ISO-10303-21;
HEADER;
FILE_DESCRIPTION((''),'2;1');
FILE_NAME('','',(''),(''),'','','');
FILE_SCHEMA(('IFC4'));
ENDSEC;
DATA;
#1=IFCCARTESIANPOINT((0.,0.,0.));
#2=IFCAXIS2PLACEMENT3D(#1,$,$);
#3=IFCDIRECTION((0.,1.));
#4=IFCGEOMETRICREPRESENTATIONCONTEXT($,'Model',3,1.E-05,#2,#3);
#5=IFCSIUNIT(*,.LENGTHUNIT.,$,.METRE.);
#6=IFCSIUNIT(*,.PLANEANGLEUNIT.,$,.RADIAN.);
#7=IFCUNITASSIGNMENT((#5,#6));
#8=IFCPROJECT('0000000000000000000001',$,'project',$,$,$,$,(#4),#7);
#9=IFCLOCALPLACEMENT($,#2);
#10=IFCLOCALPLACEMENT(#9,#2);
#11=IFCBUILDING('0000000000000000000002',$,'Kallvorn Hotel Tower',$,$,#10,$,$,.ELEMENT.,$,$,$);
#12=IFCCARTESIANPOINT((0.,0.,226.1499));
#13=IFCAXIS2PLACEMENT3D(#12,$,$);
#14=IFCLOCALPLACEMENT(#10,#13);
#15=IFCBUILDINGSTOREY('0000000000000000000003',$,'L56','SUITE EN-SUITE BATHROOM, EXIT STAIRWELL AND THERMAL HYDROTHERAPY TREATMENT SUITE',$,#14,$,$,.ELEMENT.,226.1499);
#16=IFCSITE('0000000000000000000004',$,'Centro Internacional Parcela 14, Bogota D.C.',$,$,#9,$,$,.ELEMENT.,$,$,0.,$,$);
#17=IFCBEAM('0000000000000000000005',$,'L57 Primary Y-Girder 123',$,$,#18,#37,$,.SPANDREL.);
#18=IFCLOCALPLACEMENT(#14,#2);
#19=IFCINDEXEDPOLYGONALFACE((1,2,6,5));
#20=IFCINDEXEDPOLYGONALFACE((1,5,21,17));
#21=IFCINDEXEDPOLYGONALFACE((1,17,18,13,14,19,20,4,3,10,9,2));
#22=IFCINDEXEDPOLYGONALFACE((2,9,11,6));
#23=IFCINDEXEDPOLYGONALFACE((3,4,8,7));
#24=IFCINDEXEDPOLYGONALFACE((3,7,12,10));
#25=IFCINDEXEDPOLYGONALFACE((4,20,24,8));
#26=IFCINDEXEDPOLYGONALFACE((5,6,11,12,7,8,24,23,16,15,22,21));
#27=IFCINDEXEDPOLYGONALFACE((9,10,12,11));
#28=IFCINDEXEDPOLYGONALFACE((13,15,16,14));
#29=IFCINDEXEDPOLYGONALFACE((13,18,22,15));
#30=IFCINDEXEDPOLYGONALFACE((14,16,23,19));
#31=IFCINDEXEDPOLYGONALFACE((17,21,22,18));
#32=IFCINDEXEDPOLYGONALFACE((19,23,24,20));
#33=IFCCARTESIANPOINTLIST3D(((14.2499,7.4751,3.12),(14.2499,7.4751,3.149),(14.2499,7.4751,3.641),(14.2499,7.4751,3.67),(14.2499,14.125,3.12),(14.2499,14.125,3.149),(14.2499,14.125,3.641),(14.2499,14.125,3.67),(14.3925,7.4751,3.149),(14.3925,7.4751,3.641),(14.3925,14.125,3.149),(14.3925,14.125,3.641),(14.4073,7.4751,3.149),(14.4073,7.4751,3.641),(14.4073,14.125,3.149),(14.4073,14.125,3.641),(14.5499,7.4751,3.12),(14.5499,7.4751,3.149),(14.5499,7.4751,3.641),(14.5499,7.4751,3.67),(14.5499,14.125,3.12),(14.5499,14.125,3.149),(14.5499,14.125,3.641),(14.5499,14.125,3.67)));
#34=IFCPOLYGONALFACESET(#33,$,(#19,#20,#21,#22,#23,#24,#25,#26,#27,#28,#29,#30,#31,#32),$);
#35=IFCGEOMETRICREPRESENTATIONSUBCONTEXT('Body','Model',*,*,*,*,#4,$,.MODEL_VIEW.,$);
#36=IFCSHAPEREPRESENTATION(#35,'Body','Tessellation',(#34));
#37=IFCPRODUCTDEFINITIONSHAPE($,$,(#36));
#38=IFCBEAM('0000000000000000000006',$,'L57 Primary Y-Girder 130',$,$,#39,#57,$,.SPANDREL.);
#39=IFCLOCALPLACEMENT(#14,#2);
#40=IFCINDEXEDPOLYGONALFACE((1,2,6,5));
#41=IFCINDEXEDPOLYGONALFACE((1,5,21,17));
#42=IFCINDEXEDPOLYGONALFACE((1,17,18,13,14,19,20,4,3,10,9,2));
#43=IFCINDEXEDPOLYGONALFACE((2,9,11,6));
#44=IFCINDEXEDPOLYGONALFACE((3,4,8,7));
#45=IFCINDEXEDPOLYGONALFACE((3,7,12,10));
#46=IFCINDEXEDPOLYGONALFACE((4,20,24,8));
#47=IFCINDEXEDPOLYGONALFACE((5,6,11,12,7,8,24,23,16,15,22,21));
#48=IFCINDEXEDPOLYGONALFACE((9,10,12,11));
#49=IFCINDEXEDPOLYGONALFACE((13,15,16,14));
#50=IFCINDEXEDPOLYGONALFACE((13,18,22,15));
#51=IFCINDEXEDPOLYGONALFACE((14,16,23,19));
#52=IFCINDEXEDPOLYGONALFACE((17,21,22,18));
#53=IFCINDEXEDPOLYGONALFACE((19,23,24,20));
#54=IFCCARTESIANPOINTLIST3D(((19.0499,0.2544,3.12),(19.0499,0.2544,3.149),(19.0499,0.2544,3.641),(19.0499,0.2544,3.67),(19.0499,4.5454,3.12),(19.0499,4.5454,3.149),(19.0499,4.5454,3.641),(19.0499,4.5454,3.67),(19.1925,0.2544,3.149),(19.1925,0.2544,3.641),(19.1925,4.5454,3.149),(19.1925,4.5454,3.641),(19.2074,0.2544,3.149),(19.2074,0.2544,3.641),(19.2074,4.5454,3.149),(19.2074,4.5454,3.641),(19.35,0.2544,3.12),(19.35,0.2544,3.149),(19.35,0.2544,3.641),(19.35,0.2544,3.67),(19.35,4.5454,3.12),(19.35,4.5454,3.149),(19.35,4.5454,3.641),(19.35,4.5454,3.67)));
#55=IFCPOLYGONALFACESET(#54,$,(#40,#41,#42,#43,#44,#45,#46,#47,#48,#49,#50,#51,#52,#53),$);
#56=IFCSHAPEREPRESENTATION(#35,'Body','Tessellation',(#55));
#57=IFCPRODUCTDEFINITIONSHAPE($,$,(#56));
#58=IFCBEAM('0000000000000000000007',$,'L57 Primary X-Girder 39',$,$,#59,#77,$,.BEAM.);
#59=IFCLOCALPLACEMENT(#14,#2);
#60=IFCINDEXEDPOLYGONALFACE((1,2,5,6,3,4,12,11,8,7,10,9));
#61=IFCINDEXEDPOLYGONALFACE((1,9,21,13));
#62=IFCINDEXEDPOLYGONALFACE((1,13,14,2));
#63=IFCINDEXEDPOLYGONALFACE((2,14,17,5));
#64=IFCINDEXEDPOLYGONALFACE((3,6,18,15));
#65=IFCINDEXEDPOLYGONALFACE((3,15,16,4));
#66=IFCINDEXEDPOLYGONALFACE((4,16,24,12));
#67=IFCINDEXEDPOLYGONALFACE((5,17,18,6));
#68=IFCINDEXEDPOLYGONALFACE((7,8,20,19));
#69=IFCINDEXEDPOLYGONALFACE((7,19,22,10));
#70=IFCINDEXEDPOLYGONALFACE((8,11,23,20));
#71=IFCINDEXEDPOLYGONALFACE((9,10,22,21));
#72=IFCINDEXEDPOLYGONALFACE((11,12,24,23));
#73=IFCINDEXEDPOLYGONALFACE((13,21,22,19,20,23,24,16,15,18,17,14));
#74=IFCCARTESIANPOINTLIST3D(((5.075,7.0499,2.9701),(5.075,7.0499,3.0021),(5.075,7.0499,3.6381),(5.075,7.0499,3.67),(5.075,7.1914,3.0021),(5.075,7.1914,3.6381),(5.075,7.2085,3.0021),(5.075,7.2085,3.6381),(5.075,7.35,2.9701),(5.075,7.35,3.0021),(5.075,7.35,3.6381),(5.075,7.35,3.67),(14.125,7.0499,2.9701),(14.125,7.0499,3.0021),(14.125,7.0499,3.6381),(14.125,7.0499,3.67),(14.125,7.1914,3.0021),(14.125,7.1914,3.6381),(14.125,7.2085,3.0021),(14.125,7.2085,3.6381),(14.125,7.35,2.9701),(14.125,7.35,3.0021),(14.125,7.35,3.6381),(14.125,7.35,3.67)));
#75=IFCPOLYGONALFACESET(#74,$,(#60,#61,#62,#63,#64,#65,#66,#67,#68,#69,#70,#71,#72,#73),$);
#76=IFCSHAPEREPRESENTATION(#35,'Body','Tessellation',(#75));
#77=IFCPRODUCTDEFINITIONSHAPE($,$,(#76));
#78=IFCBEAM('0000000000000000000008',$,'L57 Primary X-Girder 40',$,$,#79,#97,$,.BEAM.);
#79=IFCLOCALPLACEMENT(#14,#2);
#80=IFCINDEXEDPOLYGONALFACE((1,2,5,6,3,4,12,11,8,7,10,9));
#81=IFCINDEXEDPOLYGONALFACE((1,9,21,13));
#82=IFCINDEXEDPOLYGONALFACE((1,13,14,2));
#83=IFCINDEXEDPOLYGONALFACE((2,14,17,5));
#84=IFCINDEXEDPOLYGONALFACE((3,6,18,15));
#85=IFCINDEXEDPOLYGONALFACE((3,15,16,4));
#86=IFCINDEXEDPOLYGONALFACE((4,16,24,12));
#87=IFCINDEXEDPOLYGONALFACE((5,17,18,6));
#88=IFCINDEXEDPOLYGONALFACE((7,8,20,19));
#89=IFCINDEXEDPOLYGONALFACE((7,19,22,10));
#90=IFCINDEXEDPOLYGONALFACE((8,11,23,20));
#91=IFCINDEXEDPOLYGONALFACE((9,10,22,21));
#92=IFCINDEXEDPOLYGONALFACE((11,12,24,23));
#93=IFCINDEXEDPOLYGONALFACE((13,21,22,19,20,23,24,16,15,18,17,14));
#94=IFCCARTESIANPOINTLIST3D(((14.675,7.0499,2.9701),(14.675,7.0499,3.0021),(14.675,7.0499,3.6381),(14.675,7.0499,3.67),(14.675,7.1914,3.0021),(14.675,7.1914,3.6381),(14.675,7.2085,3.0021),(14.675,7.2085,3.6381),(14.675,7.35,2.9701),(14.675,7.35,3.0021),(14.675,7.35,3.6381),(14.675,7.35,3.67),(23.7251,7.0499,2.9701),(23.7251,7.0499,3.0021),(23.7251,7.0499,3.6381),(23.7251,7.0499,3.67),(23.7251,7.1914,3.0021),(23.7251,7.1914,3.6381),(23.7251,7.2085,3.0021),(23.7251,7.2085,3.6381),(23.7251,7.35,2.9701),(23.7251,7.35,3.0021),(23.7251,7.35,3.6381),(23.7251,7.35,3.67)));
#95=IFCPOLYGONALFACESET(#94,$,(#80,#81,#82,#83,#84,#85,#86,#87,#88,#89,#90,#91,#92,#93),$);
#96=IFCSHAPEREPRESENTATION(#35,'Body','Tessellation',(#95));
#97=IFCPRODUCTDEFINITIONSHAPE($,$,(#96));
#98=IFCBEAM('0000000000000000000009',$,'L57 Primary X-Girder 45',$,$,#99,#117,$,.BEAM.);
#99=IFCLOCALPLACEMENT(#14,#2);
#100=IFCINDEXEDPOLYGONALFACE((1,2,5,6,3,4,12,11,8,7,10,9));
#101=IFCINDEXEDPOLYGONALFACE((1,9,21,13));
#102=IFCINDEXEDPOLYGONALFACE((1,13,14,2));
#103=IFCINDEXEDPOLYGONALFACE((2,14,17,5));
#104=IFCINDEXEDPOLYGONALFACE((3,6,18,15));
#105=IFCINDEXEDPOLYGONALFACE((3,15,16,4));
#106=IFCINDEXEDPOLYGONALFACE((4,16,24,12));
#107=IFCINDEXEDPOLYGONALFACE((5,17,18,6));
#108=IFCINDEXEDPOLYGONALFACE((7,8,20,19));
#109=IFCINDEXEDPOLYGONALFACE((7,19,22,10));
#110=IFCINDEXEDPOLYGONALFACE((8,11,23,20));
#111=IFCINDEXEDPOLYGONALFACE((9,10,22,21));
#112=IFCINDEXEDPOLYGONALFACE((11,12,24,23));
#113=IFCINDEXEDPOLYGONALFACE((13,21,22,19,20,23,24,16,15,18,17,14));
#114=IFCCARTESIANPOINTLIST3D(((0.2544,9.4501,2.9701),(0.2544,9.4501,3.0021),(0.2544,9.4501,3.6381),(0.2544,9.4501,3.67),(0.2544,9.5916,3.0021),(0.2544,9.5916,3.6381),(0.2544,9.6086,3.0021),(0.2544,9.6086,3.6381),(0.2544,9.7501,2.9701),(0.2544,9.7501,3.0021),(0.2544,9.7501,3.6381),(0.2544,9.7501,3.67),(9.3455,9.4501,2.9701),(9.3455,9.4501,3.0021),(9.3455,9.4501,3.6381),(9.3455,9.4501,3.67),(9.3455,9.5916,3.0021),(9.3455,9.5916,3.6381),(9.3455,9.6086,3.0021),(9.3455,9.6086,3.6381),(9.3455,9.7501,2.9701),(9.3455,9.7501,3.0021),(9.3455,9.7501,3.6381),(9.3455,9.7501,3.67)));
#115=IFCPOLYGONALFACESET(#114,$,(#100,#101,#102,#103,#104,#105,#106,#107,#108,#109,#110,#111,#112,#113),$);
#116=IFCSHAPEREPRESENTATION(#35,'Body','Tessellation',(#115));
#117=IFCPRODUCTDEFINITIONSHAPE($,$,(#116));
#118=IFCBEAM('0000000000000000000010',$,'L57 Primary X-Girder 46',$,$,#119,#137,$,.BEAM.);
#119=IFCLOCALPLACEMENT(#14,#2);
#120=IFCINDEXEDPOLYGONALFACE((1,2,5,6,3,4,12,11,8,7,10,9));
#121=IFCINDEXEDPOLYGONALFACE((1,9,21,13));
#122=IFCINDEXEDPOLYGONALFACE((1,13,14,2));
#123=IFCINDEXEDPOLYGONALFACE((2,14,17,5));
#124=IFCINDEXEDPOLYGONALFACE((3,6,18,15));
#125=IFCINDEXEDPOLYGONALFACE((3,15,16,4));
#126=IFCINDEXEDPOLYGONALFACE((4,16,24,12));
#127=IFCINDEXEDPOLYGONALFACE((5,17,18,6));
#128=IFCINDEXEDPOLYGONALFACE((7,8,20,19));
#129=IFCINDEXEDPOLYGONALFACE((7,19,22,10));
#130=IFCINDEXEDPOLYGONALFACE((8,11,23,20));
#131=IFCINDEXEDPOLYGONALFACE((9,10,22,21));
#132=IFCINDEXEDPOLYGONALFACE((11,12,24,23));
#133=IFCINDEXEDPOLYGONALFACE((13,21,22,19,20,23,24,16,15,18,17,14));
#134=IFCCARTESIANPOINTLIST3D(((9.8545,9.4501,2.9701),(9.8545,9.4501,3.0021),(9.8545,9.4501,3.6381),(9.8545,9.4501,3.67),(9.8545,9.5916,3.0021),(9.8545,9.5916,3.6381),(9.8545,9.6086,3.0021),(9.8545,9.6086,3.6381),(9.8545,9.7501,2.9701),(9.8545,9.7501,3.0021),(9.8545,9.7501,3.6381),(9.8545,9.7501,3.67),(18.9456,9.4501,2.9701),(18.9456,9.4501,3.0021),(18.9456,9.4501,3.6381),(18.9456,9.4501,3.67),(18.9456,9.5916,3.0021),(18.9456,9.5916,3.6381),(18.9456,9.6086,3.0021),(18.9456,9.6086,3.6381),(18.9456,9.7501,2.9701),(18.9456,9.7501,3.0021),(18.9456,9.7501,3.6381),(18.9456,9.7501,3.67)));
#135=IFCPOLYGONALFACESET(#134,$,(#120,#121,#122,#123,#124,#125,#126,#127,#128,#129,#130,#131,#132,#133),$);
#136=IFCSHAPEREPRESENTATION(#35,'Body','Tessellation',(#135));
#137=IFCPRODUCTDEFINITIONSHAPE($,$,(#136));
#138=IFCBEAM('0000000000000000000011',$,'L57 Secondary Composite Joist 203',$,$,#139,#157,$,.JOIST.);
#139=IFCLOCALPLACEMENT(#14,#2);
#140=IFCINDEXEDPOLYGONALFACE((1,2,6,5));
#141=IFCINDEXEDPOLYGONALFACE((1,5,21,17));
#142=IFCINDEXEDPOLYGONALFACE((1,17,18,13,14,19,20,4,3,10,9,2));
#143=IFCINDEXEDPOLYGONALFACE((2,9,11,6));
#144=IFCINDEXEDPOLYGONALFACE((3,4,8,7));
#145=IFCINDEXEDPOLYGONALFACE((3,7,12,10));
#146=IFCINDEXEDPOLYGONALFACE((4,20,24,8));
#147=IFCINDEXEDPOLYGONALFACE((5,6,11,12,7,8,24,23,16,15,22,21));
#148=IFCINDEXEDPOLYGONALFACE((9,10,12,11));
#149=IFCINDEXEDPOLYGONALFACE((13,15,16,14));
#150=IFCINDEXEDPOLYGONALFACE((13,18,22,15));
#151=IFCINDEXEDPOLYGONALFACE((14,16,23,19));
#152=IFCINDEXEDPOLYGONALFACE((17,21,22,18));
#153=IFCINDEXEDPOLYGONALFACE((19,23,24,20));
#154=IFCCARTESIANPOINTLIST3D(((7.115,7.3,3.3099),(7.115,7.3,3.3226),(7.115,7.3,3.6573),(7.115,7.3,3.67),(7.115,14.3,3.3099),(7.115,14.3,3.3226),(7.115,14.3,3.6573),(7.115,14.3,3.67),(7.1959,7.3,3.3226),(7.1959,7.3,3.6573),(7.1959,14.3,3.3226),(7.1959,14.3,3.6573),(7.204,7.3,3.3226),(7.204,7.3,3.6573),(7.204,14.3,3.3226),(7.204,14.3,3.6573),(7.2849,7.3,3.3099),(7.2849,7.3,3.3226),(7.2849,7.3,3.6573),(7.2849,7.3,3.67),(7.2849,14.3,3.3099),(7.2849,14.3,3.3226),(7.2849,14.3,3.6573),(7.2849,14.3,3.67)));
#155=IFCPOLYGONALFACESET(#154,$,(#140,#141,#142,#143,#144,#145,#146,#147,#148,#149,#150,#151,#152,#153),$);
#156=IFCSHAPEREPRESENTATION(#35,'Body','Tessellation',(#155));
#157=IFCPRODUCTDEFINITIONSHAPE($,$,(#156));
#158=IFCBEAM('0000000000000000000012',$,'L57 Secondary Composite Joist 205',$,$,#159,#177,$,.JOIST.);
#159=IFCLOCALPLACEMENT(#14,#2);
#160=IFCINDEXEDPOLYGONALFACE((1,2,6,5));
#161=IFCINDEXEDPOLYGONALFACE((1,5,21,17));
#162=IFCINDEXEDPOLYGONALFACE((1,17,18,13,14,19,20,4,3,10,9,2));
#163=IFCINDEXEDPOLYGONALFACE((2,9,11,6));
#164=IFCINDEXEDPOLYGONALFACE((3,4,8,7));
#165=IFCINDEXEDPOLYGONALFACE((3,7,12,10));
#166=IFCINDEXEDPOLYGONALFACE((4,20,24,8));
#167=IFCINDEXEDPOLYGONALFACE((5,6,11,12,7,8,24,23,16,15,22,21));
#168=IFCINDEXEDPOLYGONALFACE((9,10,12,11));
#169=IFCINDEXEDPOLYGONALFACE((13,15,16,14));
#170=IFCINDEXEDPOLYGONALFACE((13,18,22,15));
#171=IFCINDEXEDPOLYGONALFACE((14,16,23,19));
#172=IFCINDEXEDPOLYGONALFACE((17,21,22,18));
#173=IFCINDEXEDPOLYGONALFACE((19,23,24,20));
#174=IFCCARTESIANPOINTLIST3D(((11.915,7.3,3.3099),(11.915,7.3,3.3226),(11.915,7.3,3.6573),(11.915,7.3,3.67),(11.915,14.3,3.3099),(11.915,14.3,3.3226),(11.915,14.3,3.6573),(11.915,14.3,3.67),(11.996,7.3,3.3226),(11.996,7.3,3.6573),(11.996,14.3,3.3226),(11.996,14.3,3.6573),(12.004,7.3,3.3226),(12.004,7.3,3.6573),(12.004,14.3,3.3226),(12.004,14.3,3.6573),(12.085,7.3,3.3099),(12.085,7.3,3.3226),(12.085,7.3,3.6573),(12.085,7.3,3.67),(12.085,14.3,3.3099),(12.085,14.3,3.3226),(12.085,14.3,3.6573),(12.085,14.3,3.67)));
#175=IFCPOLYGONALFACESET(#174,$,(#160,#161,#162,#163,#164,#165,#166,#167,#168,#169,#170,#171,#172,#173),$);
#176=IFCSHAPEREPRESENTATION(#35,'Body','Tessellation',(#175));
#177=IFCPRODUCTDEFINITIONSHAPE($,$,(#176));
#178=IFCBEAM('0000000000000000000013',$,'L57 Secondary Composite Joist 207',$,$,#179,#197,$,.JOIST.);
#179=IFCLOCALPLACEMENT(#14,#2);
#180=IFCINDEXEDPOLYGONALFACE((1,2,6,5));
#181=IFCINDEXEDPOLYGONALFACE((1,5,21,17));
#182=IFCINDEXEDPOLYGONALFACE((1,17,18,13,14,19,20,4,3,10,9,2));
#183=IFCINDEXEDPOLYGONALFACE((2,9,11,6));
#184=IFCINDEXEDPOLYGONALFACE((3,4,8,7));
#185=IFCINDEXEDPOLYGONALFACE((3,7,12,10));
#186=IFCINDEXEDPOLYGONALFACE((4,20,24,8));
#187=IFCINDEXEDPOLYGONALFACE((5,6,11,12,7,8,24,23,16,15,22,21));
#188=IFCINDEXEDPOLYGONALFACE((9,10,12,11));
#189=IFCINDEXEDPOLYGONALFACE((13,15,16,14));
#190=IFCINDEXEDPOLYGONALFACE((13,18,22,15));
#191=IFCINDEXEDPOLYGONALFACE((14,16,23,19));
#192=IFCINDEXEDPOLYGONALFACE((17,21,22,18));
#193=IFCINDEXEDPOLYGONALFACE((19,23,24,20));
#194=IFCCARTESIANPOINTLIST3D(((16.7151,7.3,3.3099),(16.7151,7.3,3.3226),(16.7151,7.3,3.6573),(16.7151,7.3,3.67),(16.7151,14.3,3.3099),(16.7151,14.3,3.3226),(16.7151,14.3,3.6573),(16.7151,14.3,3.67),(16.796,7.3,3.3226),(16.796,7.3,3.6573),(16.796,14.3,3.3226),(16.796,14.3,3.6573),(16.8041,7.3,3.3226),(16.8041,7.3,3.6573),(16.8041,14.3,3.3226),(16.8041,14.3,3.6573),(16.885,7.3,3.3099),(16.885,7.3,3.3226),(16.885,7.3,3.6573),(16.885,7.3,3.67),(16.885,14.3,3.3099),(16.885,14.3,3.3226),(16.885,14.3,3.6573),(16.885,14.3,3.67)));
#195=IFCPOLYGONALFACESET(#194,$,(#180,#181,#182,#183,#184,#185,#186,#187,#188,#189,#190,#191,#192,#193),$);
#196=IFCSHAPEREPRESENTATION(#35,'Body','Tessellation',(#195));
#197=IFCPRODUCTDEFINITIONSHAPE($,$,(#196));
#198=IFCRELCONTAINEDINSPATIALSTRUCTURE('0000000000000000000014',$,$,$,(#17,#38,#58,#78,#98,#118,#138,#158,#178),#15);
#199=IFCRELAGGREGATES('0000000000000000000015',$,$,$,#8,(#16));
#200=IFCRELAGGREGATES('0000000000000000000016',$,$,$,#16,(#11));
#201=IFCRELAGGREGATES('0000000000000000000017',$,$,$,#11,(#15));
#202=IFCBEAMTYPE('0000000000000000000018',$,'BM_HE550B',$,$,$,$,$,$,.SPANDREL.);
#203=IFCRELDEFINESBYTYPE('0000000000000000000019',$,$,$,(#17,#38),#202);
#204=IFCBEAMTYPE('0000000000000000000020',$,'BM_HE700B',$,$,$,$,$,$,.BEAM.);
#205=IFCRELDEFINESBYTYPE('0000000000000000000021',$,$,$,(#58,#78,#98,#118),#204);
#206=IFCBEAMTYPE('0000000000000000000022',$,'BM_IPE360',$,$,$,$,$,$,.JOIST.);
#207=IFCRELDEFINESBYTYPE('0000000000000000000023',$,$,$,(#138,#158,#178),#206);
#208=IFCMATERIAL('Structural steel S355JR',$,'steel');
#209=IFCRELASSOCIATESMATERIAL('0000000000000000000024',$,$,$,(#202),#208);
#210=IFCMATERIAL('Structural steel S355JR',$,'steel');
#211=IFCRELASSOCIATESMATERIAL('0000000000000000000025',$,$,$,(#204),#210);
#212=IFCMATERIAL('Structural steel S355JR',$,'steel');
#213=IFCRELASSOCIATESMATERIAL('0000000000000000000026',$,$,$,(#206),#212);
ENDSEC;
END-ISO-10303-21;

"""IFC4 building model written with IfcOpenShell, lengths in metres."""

from ifc_helpers import new_model, si_unit, direction, frame, origin, origin_2d, place, context, subcontext, project, spatial, i_section, extrude, material, material_profile, profile_set, type_object, element, save


model = new_model("IFC4")

# Units and contexts
model_context = context("Model", 3, precision=1e-05, world=origin(), true_north=direction((0.0, 1.0)))
body_context = subcontext(model_context, "Body", "Model", "MODEL_VIEW")
ifc_project = project(units=[si_unit("LENGTHUNIT", "METRE"), si_unit("PLANEANGLEUNIT", "RADIAN")], contexts=[model_context])

# Site, building, storey
site_placement = place(None, origin())
site = spatial("IfcSite", under=ifc_project, at=site_placement, Name="Centro Internacional Parcela 14, Bogota D.C.", CompositionType="ELEMENT", RefElevation=0.0)
building_placement = place(site_placement, origin())
building = spatial("IfcBuilding", under=site, at=building_placement, Name="Kallvorn Hotel Tower", CompositionType="ELEMENT")
storey_placement = place(building_placement, frame((0.0, 0.0, 226.1499)))
storey = spatial("IfcBuildingStorey", under=building, at=storey_placement, Name="L56", Description="SUITE EN-SUITE BATHROOM, EXIT STAIRWELL AND THERMAL HYDROTHERAPY TREATMENT SUITE", CompositionType="ELEMENT", Elevation=226.1499)

# Beams
ifc_material_1 = material(Name="Structural steel S355JR", Category="steel")
ifc_material_profile_1 = material_profile(ifc_material_1, i_section(OverallWidth=0.3, OverallDepth=0.55, WebThickness=0.0149, FlangeThickness=0.0291, at=origin_2d()), Name="HE 550 B")
ifc_profile_set_1 = profile_set([ifc_material_profile_1], Name="Structural steel S355JR")
beam_type_1 = type_object("IfcBeamType", Name="BM_HE550B", PredefinedType="SPANDREL", material=ifc_profile_set_1)
for number, where, z_axis, x_axis, name in (
    (1, (14.3999, 7.4751, 3.395), (0.0, 1.0, 0.0), (-1.0, 0.0, 0.0), "L57 Primary Y-Girder 123"),
):
    element("IfcBeam", number, at=place(storey_placement, frame(where, z_axis=z_axis, x_axis=x_axis)), inside=storey, type_object=beam_type_1, Name=name, PredefinedType="SPANDREL", context=body_context, shape_type="SweptSolid", body=[
        extrude(i_section(OverallWidth=0.3, OverallDepth=0.55, WebThickness=0.0149, FlangeThickness=0.0291, at=origin_2d()), origin(), (0.0, 0.0, 1.0), 6.6499),
    ])
beam_placement = place(storey_placement, frame((19.2, 0.2544, 3.395), z_axis=(0.0, 1.0, 0.0), x_axis=(-1.0, 0.0, 0.0)))
element("IfcBeam", 2, at=beam_placement, inside=storey, type_object=beam_type_1, Name="L57 Primary Y-Girder 130", PredefinedType="SPANDREL", context=body_context, shape_type="SweptSolid", body=[
    extrude(i_section(OverallWidth=0.3, OverallDepth=0.55, WebThickness=0.0149, FlangeThickness=0.0291, at=origin_2d()), origin(), (0.0, 0.0, 1.0), 4.291),
])
ifc_material_2 = material(Name="Structural steel S355JR", Category="steel")
ifc_material_profile_2 = material_profile(ifc_material_2, i_section(OverallWidth=0.3, OverallDepth=0.7, WebThickness=0.0171, FlangeThickness=0.032, at=origin_2d()), Name="HE 700 B")
ifc_profile_set_2 = profile_set([ifc_material_profile_2], Name="Structural steel S355JR")
beam_type_2 = type_object("IfcBeamType", Name="BM_HE700B", PredefinedType="BEAM", material=ifc_profile_set_2)
for number, where, z_axis, x_axis, name in (
    (3, (5.075, 7.2, 3.3201), (1.0, 0.0, 0.0), (0.0, 1.0, 0.0), "L57 Primary X-Girder 39"),
    (4, (14.675, 7.2, 3.3201), (1.0, 0.0, 0.0), (0.0, 1.0, 0.0), "L57 Primary X-Girder 40"),
):
    element("IfcBeam", number, at=place(storey_placement, frame(where, z_axis=z_axis, x_axis=x_axis)), inside=storey, type_object=beam_type_2, Name=name, PredefinedType="BEAM", context=body_context, shape_type="SweptSolid", body=[
        extrude(i_section(OverallWidth=0.3, OverallDepth=0.7, WebThickness=0.0171, FlangeThickness=0.032, at=origin_2d()), origin(), (0.0, 0.0, 1.0), 9.05),
    ])
for number, where, z_axis, x_axis, name in (
    (5, (0.2544, 9.6001, 3.3201), (1.0, 0.0, 0.0), (0.0, 1.0, 0.0), "L57 Primary X-Girder 45"),
    (6, (9.8545, 9.6001, 3.3201), (1.0, 0.0, 0.0), (0.0, 1.0, 0.0), "L57 Primary X-Girder 46"),
):
    element("IfcBeam", number, at=place(storey_placement, frame(where, z_axis=z_axis, x_axis=x_axis)), inside=storey, type_object=beam_type_2, Name=name, PredefinedType="BEAM", context=body_context, shape_type="SweptSolid", body=[
        extrude(i_section(OverallWidth=0.3, OverallDepth=0.7, WebThickness=0.0171, FlangeThickness=0.032, at=origin_2d()), origin(), (0.0, 0.0, 1.0), 9.0911),
    ])
ifc_material_3 = material(Name="Structural steel S355JR", Category="steel")
ifc_material_profile_3 = material_profile(ifc_material_3, i_section(OverallWidth=0.1699, OverallDepth=0.3601, WebThickness=0.0081, FlangeThickness=0.0127, at=origin_2d()), Name="IPE 360")
ifc_profile_set_3 = profile_set([ifc_material_profile_3], Name="Structural steel S355JR")
beam_type_3 = type_object("IfcBeamType", Name="BM_IPE360", PredefinedType="JOIST", material=ifc_profile_set_3)
for number, where, z_axis, x_axis, name in (
    (7, (7.2, 7.3, 3.49), (0.0, 1.0, 0.0), (-1.0, 0.0, 0.0), "L57 Secondary Composite Joist 203"),
    (8, (12.0, 7.3, 3.49), (0.0, 1.0, 0.0), (-1.0, 0.0, 0.0), "L57 Secondary Composite Joist 205"),
    (9, (16.8, 7.3, 3.49), (0.0, 1.0, 0.0), (-1.0, 0.0, 0.0), "L57 Secondary Composite Joist 207"),
):
    element("IfcBeam", number, at=place(storey_placement, frame(where, z_axis=z_axis, x_axis=x_axis)), inside=storey, type_object=beam_type_3, Name=name, PredefinedType="JOIST", context=body_context, shape_type="SweptSolid", body=[
        extrude(i_section(OverallWidth=0.1699, OverallDepth=0.3601, WebThickness=0.0081, FlangeThickness=0.0127, at=origin_2d()), origin(), (0.0, 0.0, 1.0), 7.0),
    ])

save(model, "model.ifc")
